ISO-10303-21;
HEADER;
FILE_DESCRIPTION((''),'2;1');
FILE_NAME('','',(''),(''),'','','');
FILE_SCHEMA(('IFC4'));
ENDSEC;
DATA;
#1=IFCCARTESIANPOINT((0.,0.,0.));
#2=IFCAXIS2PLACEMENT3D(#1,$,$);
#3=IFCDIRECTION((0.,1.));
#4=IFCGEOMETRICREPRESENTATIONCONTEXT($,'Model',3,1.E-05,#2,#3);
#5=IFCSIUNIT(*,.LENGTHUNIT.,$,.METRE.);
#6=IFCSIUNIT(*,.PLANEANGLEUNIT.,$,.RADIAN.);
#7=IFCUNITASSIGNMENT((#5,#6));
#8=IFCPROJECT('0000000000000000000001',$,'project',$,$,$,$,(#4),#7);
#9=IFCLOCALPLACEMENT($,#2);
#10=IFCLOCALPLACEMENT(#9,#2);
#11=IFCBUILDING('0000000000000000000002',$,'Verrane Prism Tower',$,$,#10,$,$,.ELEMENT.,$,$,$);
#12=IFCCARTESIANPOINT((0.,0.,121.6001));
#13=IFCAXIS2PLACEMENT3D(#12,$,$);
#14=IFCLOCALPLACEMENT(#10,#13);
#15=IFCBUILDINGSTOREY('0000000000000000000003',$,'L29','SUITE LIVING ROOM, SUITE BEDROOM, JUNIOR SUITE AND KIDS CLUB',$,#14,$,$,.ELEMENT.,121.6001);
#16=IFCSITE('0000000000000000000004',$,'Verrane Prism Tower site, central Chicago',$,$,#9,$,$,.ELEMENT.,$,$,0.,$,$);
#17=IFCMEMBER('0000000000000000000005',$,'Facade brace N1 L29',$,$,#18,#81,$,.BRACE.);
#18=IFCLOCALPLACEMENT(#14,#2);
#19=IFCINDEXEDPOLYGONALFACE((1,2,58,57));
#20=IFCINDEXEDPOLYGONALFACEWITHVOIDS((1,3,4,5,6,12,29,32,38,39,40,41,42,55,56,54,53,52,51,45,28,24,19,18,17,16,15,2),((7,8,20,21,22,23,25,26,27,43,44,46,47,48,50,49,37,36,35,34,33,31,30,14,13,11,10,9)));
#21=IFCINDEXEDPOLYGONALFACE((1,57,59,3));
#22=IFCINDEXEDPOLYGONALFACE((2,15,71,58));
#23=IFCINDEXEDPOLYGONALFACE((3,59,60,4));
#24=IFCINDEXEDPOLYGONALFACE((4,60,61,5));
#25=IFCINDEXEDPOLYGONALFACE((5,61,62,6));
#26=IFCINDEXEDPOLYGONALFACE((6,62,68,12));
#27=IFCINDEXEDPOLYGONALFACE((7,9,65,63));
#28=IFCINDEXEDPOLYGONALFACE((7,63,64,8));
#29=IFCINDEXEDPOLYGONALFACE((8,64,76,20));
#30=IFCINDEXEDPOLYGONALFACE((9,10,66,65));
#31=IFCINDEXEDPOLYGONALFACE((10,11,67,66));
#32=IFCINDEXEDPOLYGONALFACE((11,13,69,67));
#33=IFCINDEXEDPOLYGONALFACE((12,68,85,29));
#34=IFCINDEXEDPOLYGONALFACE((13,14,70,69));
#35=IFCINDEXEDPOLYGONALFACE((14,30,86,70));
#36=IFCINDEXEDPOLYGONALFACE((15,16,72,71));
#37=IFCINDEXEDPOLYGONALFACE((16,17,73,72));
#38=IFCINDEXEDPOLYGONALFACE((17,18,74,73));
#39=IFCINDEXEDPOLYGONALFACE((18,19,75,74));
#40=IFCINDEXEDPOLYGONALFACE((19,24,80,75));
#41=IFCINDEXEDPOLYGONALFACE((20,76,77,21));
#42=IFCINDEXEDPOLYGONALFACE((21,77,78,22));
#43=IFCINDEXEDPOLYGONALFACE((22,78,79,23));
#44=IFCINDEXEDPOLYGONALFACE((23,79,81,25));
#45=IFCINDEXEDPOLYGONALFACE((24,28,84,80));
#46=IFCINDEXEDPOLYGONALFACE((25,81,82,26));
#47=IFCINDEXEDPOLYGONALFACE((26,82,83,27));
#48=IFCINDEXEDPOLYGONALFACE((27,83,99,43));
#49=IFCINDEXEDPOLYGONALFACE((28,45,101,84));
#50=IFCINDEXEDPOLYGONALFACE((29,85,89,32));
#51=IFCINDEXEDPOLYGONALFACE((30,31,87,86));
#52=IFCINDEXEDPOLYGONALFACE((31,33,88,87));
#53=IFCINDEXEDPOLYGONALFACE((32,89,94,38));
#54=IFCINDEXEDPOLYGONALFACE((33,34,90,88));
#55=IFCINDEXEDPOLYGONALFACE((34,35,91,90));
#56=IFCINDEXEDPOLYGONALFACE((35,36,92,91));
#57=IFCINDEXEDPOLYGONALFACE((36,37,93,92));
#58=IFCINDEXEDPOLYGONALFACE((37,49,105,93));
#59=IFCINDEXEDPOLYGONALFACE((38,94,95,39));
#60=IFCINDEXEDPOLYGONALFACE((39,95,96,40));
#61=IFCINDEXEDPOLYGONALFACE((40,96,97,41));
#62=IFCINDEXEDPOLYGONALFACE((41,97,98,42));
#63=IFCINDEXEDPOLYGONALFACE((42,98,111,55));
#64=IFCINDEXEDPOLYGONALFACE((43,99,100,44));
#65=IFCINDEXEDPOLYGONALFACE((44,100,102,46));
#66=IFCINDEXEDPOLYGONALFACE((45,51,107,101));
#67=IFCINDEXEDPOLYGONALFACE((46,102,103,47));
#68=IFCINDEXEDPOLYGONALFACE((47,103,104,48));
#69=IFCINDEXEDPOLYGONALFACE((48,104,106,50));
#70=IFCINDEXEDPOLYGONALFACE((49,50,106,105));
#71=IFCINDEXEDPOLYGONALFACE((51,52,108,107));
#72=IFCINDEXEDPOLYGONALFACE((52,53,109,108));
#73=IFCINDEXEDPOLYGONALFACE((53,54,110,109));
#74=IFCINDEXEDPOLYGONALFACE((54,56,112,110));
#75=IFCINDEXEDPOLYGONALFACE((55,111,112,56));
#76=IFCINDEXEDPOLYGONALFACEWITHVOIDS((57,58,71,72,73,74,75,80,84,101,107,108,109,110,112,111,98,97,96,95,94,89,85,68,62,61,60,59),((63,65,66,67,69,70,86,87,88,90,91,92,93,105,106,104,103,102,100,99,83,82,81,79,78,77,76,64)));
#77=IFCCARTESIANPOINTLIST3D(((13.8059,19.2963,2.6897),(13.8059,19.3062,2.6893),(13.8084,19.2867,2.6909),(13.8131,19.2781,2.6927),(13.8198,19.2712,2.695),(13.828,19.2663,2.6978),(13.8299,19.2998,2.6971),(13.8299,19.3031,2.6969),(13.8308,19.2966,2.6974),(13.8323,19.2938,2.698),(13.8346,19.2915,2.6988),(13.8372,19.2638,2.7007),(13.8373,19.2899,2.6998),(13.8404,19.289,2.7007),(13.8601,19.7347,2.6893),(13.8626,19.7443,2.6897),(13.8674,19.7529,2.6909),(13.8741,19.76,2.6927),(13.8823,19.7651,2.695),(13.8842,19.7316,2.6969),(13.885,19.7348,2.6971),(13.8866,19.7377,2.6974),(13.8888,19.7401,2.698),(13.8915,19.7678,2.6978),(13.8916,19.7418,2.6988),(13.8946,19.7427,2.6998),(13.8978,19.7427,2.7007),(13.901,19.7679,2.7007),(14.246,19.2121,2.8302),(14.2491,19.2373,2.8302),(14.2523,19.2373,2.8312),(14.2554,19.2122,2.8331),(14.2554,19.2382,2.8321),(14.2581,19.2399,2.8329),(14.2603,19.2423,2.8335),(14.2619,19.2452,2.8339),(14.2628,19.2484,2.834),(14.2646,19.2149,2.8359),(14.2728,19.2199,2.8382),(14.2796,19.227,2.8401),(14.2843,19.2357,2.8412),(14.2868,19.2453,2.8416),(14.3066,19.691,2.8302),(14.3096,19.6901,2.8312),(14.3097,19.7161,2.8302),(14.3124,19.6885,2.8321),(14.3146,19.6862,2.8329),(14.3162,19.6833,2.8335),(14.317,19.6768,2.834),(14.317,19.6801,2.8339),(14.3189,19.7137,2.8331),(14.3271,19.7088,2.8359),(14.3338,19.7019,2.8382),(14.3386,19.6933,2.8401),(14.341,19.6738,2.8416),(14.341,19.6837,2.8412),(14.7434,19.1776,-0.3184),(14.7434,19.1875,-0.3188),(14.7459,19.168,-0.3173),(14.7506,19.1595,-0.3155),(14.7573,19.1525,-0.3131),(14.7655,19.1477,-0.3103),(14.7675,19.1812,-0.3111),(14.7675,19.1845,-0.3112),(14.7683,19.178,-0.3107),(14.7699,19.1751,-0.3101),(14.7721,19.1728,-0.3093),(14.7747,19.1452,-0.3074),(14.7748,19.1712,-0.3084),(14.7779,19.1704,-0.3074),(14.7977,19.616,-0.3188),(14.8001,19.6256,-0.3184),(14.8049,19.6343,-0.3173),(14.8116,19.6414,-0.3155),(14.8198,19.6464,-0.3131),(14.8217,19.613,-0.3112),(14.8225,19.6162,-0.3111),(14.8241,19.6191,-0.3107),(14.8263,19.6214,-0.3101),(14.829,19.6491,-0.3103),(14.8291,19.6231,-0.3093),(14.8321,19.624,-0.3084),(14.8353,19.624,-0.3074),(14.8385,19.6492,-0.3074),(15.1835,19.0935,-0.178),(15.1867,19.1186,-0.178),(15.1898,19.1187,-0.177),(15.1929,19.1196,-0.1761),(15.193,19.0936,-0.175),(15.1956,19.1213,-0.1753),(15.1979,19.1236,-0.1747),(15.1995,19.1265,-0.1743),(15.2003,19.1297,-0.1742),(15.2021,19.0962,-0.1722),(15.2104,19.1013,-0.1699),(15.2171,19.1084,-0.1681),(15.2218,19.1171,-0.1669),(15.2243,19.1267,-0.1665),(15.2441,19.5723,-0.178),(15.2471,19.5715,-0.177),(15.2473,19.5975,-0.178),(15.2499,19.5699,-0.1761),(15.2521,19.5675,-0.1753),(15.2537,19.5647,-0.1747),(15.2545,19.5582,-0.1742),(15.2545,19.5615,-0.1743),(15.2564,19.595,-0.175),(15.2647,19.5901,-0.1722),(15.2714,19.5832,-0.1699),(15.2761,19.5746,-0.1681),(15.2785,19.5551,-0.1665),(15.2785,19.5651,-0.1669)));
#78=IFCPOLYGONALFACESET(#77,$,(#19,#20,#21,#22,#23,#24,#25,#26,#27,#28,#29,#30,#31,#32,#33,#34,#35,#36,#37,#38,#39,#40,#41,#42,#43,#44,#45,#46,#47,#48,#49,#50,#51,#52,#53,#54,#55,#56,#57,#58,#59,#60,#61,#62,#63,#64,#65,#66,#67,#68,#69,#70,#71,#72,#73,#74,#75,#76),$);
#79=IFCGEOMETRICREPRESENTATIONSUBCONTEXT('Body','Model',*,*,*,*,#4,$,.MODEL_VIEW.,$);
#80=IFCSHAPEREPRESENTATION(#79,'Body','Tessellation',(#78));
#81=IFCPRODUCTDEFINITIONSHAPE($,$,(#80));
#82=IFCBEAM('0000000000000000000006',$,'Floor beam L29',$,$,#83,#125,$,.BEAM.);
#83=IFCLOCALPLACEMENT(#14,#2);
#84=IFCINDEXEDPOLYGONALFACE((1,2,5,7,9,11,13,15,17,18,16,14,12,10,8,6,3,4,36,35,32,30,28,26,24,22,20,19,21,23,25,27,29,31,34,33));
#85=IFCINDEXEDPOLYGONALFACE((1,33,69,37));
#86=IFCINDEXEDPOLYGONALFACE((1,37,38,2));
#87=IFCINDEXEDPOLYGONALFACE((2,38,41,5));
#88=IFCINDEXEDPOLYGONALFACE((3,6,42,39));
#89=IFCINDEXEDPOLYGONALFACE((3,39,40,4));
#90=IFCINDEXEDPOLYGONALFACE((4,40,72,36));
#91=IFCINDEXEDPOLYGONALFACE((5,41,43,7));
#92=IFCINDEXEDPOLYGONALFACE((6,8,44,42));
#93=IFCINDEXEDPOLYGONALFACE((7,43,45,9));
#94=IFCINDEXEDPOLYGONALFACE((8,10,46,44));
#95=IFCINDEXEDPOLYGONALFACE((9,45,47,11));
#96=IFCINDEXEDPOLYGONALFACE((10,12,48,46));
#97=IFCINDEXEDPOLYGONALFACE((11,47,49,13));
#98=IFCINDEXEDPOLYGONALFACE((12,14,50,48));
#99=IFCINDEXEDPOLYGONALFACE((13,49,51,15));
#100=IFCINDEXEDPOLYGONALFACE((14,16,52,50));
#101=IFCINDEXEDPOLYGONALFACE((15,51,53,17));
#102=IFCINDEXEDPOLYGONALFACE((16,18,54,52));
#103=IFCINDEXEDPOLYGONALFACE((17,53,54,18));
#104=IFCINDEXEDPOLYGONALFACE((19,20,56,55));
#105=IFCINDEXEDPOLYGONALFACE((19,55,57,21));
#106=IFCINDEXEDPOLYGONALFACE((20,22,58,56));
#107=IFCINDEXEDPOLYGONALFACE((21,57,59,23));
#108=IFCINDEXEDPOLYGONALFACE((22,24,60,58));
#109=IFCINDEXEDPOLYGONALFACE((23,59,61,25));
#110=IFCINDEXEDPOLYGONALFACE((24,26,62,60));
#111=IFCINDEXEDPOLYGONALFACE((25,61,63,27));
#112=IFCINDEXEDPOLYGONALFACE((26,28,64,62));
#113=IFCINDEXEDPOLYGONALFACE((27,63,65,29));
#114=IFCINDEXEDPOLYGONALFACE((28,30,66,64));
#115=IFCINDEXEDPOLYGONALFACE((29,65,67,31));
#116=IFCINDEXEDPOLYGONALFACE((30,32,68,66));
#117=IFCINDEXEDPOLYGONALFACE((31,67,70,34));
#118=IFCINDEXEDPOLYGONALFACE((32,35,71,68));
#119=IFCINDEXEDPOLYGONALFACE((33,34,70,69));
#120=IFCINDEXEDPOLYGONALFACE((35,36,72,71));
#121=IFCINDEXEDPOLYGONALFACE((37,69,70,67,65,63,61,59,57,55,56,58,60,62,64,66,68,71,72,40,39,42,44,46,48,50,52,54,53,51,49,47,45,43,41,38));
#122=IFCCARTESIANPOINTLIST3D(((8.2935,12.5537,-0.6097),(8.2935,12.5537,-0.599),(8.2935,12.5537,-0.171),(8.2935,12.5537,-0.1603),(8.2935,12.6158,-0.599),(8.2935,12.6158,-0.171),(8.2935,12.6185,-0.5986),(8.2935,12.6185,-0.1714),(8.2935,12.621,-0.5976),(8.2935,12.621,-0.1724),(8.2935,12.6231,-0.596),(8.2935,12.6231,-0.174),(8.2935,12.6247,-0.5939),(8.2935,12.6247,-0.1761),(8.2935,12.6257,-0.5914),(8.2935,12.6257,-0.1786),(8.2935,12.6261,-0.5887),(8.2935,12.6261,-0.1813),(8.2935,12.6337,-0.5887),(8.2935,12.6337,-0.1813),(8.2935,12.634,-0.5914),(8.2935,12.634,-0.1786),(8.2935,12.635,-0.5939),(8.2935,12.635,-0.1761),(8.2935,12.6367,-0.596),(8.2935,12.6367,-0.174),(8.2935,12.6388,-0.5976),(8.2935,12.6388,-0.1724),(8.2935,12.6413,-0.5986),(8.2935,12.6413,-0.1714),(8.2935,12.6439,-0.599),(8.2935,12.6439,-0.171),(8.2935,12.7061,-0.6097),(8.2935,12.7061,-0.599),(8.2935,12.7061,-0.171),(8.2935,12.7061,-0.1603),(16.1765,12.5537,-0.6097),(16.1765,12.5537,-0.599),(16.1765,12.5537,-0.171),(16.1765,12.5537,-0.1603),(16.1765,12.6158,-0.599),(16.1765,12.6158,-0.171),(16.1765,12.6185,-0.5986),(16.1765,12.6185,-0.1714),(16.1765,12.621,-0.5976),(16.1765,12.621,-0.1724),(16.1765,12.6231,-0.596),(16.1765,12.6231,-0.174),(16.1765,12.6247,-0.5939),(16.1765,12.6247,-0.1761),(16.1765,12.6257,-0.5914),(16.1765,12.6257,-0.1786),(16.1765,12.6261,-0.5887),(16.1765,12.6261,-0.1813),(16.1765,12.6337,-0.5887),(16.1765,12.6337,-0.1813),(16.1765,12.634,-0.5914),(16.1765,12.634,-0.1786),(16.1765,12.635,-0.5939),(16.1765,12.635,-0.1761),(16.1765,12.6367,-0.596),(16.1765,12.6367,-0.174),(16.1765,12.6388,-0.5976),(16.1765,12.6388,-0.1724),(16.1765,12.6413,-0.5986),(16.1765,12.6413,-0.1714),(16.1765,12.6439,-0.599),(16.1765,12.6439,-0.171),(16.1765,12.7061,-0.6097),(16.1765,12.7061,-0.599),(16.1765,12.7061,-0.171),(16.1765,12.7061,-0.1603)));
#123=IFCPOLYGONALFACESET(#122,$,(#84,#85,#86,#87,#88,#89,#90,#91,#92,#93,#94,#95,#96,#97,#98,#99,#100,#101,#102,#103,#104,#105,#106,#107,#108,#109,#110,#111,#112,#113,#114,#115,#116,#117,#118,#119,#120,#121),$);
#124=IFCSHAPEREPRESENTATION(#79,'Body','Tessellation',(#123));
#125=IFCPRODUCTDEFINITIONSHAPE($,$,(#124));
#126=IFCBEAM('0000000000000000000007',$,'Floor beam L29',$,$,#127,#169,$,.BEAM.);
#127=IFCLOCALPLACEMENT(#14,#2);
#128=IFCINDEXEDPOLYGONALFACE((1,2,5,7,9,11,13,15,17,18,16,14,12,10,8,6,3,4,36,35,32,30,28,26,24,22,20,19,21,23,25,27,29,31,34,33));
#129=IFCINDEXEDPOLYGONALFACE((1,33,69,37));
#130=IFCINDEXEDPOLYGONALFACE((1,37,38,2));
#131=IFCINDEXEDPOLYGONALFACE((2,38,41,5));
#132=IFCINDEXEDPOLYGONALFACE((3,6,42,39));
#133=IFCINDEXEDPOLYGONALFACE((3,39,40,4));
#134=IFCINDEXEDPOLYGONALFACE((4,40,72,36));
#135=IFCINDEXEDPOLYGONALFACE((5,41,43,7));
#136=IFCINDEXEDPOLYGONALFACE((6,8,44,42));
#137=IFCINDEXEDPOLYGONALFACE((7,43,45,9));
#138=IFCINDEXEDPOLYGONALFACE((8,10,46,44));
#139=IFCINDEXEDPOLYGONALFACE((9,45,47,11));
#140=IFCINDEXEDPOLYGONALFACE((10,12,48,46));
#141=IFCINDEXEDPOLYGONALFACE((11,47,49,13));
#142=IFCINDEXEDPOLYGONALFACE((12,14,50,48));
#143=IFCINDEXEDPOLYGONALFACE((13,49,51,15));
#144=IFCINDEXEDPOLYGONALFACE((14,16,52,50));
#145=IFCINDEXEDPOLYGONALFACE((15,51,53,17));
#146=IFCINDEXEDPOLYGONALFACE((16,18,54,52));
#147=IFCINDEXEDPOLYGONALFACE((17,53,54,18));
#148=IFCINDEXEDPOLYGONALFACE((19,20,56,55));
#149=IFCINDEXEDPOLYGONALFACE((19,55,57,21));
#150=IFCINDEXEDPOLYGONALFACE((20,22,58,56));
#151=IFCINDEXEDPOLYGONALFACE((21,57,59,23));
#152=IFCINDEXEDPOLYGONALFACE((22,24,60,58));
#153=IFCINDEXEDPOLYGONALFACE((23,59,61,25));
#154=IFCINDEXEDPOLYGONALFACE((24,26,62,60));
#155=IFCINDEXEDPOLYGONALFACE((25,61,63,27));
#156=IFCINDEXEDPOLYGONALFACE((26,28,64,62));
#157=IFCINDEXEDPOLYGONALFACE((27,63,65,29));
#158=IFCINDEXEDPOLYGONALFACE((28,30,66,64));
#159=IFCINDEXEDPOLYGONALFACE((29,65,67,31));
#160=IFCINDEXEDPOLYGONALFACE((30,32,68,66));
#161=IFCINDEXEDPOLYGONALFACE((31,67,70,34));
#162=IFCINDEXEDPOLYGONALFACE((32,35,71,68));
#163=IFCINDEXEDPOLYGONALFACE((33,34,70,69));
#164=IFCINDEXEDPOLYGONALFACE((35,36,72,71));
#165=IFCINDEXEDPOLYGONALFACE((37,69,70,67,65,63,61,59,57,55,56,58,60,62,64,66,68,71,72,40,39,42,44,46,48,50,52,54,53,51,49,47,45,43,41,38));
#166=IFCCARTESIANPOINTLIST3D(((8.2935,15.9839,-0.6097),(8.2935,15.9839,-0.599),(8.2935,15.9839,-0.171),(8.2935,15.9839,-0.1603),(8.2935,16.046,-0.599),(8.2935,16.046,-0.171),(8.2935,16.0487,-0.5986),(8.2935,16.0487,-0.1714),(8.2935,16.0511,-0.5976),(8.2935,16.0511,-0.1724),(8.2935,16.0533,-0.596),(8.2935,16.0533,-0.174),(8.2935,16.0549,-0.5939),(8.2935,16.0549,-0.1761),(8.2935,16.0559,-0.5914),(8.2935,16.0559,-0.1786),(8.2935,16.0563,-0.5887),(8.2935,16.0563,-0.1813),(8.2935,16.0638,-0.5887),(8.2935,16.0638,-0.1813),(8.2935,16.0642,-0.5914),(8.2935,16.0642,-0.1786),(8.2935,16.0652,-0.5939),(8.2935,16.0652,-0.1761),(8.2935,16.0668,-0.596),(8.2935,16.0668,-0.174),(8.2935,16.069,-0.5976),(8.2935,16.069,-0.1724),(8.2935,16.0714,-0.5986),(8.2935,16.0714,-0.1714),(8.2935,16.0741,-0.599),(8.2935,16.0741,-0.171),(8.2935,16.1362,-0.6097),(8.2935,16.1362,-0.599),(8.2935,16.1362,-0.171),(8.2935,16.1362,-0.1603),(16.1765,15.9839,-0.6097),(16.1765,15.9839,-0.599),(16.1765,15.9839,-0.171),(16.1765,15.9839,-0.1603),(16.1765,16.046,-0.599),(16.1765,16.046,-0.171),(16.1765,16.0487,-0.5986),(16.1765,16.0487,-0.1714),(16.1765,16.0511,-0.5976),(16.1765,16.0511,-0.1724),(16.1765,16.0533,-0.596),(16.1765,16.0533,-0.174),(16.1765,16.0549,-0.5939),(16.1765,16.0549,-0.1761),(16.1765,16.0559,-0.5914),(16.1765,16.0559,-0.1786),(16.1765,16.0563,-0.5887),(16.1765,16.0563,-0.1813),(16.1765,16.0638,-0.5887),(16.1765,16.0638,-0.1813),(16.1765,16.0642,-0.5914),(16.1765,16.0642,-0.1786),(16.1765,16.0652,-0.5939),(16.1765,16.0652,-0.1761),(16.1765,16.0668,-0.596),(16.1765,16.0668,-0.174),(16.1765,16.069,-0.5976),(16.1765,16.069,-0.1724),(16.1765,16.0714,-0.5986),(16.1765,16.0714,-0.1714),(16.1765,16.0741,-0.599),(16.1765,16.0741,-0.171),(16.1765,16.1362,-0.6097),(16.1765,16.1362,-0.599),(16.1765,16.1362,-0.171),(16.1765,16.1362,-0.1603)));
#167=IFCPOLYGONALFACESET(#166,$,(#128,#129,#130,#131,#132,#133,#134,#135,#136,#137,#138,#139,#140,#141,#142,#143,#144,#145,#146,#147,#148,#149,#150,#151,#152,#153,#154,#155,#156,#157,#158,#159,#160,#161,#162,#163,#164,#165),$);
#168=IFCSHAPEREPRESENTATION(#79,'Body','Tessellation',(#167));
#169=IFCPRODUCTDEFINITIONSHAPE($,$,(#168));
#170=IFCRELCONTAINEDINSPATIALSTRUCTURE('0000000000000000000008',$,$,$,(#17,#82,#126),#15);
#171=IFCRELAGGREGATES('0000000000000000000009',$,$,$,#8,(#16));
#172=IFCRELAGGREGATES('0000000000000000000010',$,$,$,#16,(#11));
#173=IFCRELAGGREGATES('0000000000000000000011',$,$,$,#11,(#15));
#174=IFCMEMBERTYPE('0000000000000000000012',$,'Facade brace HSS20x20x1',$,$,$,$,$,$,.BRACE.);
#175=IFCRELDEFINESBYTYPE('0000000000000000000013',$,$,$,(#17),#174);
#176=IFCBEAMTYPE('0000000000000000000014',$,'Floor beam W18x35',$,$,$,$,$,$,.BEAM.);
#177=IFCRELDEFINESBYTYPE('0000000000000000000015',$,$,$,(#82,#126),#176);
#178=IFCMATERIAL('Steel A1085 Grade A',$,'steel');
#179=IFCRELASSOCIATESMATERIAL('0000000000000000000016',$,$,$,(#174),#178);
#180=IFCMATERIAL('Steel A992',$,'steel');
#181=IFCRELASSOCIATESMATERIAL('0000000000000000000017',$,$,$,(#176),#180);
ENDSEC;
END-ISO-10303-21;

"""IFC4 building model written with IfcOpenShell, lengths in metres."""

from ifc_helpers import new_model, si_unit, direction, frame, origin, origin_2d, place, context, subcontext, project, spatial, hollow_rectangle, i_section, extrude, material, material_profile, profile_set, type_object, element, save


model = new_model("IFC4")

# Units and contexts
model_context = context("Model", 3, precision=1e-05, world=origin(), true_north=direction((0.0, 1.0)))
body_context = subcontext(model_context, "Body", "Model", "MODEL_VIEW")
ifc_project = project(units=[si_unit("LENGTHUNIT", "METRE"), si_unit("PLANEANGLEUNIT", "RADIAN")], contexts=[model_context])

# Site, building, storey
site_placement = place(None, origin())
site = spatial("IfcSite", under=ifc_project, at=site_placement, Name="Verrane Prism Tower site, central Chicago", CompositionType="ELEMENT", RefElevation=0.0)
building_placement = place(site_placement, origin())
building = spatial("IfcBuilding", under=site, at=building_placement, Name="Verrane Prism Tower", CompositionType="ELEMENT")
storey_placement = place(building_placement, frame((0.0, 0.0, 121.6001)))
storey = spatial("IfcBuildingStorey", under=building, at=storey_placement, Name="L29", Description="SUITE LIVING ROOM, SUITE BEDROOM, JUNIOR SUITE AND KIDS CLUB", CompositionType="ELEMENT", Elevation=121.6001)

# Member
ifc_material_1 = material(Name="Steel A1085 Grade A", Category="steel")
ifc_material_profile_1 = material_profile(ifc_material_1, hollow_rectangle(XDim=0.5081, YDim=0.5081, WallThickness=0.0254, InnerFilletRadius=0.0127, OuterFilletRadius=0.0381, at=origin_2d()), Name="HSS20x20x1")
ifc_profile_set_1 = profile_set([ifc_material_profile_1], Name="Steel A1085 Grade A")
member_type_1 = type_object("IfcMemberType", Name="Facade brace HSS20x20x1", PredefinedType="BRACE", material=ifc_profile_set_1)
member_1_placement = place(storey_placement, frame((15.011, 19.3713, -0.2427), z_axis=(-0.297336, 0.037632, 0.954031), x_axis=(-0.125561, -0.992086, 0.0)))
element("IfcMember", 1, at=member_1_placement, inside=storey, type_object=member_type_1, Name="Facade brace N1 L29", PredefinedType="BRACE", context=body_context, shape_type="SweptSolid", body=[
    extrude(hollow_rectangle(XDim=0.5081, YDim=0.5081, WallThickness=0.0254, InnerFilletRadius=0.0127, OuterFilletRadius=0.0381, at=origin_2d()), origin(), (0.0, 0.0, 1.0), 3.1531),
])

# Beams
ifc_material_2 = material(Name="Steel A992", Category="steel")
ifc_material_profile_2 = material_profile(ifc_material_2, i_section(OverallWidth=0.1523, OverallDepth=0.4495, WebThickness=0.0076, FlangeThickness=0.0107, FilletRadius=0.0103, at=origin_2d()), Name="W18x35")
ifc_profile_set_2 = profile_set([ifc_material_profile_2], Name="Steel A992")
beam_type_1 = type_object("IfcBeamType", Name="Floor beam W18x35", PredefinedType="BEAM", material=ifc_profile_set_2)
for number, where, z_axis, x_axis, name in (
    (2, (8.2935, 12.6299, -0.385), (1.0, 0.0, 0.0), (0.0, 1.0, 0.0), "Floor beam L29"),
    (3, (8.2935, 16.0601, -0.385), (1.0, 0.0, 0.0), (0.0, 1.0, 0.0), "Floor beam L29"),
):
    element("IfcBeam", number, at=place(storey_placement, frame(where, z_axis=z_axis, x_axis=x_axis)), inside=storey, type_object=beam_type_1, Name=name, PredefinedType="BEAM", context=body_context, shape_type="SweptSolid", body=[
        extrude(i_section(OverallWidth=0.1523, OverallDepth=0.4495, WebThickness=0.0076, FlangeThickness=0.0107, FilletRadius=0.0103, at=origin_2d()), origin(), (0.0, 0.0, 1.0), 7.8831),
    ])

save(model, "model.ifc")
